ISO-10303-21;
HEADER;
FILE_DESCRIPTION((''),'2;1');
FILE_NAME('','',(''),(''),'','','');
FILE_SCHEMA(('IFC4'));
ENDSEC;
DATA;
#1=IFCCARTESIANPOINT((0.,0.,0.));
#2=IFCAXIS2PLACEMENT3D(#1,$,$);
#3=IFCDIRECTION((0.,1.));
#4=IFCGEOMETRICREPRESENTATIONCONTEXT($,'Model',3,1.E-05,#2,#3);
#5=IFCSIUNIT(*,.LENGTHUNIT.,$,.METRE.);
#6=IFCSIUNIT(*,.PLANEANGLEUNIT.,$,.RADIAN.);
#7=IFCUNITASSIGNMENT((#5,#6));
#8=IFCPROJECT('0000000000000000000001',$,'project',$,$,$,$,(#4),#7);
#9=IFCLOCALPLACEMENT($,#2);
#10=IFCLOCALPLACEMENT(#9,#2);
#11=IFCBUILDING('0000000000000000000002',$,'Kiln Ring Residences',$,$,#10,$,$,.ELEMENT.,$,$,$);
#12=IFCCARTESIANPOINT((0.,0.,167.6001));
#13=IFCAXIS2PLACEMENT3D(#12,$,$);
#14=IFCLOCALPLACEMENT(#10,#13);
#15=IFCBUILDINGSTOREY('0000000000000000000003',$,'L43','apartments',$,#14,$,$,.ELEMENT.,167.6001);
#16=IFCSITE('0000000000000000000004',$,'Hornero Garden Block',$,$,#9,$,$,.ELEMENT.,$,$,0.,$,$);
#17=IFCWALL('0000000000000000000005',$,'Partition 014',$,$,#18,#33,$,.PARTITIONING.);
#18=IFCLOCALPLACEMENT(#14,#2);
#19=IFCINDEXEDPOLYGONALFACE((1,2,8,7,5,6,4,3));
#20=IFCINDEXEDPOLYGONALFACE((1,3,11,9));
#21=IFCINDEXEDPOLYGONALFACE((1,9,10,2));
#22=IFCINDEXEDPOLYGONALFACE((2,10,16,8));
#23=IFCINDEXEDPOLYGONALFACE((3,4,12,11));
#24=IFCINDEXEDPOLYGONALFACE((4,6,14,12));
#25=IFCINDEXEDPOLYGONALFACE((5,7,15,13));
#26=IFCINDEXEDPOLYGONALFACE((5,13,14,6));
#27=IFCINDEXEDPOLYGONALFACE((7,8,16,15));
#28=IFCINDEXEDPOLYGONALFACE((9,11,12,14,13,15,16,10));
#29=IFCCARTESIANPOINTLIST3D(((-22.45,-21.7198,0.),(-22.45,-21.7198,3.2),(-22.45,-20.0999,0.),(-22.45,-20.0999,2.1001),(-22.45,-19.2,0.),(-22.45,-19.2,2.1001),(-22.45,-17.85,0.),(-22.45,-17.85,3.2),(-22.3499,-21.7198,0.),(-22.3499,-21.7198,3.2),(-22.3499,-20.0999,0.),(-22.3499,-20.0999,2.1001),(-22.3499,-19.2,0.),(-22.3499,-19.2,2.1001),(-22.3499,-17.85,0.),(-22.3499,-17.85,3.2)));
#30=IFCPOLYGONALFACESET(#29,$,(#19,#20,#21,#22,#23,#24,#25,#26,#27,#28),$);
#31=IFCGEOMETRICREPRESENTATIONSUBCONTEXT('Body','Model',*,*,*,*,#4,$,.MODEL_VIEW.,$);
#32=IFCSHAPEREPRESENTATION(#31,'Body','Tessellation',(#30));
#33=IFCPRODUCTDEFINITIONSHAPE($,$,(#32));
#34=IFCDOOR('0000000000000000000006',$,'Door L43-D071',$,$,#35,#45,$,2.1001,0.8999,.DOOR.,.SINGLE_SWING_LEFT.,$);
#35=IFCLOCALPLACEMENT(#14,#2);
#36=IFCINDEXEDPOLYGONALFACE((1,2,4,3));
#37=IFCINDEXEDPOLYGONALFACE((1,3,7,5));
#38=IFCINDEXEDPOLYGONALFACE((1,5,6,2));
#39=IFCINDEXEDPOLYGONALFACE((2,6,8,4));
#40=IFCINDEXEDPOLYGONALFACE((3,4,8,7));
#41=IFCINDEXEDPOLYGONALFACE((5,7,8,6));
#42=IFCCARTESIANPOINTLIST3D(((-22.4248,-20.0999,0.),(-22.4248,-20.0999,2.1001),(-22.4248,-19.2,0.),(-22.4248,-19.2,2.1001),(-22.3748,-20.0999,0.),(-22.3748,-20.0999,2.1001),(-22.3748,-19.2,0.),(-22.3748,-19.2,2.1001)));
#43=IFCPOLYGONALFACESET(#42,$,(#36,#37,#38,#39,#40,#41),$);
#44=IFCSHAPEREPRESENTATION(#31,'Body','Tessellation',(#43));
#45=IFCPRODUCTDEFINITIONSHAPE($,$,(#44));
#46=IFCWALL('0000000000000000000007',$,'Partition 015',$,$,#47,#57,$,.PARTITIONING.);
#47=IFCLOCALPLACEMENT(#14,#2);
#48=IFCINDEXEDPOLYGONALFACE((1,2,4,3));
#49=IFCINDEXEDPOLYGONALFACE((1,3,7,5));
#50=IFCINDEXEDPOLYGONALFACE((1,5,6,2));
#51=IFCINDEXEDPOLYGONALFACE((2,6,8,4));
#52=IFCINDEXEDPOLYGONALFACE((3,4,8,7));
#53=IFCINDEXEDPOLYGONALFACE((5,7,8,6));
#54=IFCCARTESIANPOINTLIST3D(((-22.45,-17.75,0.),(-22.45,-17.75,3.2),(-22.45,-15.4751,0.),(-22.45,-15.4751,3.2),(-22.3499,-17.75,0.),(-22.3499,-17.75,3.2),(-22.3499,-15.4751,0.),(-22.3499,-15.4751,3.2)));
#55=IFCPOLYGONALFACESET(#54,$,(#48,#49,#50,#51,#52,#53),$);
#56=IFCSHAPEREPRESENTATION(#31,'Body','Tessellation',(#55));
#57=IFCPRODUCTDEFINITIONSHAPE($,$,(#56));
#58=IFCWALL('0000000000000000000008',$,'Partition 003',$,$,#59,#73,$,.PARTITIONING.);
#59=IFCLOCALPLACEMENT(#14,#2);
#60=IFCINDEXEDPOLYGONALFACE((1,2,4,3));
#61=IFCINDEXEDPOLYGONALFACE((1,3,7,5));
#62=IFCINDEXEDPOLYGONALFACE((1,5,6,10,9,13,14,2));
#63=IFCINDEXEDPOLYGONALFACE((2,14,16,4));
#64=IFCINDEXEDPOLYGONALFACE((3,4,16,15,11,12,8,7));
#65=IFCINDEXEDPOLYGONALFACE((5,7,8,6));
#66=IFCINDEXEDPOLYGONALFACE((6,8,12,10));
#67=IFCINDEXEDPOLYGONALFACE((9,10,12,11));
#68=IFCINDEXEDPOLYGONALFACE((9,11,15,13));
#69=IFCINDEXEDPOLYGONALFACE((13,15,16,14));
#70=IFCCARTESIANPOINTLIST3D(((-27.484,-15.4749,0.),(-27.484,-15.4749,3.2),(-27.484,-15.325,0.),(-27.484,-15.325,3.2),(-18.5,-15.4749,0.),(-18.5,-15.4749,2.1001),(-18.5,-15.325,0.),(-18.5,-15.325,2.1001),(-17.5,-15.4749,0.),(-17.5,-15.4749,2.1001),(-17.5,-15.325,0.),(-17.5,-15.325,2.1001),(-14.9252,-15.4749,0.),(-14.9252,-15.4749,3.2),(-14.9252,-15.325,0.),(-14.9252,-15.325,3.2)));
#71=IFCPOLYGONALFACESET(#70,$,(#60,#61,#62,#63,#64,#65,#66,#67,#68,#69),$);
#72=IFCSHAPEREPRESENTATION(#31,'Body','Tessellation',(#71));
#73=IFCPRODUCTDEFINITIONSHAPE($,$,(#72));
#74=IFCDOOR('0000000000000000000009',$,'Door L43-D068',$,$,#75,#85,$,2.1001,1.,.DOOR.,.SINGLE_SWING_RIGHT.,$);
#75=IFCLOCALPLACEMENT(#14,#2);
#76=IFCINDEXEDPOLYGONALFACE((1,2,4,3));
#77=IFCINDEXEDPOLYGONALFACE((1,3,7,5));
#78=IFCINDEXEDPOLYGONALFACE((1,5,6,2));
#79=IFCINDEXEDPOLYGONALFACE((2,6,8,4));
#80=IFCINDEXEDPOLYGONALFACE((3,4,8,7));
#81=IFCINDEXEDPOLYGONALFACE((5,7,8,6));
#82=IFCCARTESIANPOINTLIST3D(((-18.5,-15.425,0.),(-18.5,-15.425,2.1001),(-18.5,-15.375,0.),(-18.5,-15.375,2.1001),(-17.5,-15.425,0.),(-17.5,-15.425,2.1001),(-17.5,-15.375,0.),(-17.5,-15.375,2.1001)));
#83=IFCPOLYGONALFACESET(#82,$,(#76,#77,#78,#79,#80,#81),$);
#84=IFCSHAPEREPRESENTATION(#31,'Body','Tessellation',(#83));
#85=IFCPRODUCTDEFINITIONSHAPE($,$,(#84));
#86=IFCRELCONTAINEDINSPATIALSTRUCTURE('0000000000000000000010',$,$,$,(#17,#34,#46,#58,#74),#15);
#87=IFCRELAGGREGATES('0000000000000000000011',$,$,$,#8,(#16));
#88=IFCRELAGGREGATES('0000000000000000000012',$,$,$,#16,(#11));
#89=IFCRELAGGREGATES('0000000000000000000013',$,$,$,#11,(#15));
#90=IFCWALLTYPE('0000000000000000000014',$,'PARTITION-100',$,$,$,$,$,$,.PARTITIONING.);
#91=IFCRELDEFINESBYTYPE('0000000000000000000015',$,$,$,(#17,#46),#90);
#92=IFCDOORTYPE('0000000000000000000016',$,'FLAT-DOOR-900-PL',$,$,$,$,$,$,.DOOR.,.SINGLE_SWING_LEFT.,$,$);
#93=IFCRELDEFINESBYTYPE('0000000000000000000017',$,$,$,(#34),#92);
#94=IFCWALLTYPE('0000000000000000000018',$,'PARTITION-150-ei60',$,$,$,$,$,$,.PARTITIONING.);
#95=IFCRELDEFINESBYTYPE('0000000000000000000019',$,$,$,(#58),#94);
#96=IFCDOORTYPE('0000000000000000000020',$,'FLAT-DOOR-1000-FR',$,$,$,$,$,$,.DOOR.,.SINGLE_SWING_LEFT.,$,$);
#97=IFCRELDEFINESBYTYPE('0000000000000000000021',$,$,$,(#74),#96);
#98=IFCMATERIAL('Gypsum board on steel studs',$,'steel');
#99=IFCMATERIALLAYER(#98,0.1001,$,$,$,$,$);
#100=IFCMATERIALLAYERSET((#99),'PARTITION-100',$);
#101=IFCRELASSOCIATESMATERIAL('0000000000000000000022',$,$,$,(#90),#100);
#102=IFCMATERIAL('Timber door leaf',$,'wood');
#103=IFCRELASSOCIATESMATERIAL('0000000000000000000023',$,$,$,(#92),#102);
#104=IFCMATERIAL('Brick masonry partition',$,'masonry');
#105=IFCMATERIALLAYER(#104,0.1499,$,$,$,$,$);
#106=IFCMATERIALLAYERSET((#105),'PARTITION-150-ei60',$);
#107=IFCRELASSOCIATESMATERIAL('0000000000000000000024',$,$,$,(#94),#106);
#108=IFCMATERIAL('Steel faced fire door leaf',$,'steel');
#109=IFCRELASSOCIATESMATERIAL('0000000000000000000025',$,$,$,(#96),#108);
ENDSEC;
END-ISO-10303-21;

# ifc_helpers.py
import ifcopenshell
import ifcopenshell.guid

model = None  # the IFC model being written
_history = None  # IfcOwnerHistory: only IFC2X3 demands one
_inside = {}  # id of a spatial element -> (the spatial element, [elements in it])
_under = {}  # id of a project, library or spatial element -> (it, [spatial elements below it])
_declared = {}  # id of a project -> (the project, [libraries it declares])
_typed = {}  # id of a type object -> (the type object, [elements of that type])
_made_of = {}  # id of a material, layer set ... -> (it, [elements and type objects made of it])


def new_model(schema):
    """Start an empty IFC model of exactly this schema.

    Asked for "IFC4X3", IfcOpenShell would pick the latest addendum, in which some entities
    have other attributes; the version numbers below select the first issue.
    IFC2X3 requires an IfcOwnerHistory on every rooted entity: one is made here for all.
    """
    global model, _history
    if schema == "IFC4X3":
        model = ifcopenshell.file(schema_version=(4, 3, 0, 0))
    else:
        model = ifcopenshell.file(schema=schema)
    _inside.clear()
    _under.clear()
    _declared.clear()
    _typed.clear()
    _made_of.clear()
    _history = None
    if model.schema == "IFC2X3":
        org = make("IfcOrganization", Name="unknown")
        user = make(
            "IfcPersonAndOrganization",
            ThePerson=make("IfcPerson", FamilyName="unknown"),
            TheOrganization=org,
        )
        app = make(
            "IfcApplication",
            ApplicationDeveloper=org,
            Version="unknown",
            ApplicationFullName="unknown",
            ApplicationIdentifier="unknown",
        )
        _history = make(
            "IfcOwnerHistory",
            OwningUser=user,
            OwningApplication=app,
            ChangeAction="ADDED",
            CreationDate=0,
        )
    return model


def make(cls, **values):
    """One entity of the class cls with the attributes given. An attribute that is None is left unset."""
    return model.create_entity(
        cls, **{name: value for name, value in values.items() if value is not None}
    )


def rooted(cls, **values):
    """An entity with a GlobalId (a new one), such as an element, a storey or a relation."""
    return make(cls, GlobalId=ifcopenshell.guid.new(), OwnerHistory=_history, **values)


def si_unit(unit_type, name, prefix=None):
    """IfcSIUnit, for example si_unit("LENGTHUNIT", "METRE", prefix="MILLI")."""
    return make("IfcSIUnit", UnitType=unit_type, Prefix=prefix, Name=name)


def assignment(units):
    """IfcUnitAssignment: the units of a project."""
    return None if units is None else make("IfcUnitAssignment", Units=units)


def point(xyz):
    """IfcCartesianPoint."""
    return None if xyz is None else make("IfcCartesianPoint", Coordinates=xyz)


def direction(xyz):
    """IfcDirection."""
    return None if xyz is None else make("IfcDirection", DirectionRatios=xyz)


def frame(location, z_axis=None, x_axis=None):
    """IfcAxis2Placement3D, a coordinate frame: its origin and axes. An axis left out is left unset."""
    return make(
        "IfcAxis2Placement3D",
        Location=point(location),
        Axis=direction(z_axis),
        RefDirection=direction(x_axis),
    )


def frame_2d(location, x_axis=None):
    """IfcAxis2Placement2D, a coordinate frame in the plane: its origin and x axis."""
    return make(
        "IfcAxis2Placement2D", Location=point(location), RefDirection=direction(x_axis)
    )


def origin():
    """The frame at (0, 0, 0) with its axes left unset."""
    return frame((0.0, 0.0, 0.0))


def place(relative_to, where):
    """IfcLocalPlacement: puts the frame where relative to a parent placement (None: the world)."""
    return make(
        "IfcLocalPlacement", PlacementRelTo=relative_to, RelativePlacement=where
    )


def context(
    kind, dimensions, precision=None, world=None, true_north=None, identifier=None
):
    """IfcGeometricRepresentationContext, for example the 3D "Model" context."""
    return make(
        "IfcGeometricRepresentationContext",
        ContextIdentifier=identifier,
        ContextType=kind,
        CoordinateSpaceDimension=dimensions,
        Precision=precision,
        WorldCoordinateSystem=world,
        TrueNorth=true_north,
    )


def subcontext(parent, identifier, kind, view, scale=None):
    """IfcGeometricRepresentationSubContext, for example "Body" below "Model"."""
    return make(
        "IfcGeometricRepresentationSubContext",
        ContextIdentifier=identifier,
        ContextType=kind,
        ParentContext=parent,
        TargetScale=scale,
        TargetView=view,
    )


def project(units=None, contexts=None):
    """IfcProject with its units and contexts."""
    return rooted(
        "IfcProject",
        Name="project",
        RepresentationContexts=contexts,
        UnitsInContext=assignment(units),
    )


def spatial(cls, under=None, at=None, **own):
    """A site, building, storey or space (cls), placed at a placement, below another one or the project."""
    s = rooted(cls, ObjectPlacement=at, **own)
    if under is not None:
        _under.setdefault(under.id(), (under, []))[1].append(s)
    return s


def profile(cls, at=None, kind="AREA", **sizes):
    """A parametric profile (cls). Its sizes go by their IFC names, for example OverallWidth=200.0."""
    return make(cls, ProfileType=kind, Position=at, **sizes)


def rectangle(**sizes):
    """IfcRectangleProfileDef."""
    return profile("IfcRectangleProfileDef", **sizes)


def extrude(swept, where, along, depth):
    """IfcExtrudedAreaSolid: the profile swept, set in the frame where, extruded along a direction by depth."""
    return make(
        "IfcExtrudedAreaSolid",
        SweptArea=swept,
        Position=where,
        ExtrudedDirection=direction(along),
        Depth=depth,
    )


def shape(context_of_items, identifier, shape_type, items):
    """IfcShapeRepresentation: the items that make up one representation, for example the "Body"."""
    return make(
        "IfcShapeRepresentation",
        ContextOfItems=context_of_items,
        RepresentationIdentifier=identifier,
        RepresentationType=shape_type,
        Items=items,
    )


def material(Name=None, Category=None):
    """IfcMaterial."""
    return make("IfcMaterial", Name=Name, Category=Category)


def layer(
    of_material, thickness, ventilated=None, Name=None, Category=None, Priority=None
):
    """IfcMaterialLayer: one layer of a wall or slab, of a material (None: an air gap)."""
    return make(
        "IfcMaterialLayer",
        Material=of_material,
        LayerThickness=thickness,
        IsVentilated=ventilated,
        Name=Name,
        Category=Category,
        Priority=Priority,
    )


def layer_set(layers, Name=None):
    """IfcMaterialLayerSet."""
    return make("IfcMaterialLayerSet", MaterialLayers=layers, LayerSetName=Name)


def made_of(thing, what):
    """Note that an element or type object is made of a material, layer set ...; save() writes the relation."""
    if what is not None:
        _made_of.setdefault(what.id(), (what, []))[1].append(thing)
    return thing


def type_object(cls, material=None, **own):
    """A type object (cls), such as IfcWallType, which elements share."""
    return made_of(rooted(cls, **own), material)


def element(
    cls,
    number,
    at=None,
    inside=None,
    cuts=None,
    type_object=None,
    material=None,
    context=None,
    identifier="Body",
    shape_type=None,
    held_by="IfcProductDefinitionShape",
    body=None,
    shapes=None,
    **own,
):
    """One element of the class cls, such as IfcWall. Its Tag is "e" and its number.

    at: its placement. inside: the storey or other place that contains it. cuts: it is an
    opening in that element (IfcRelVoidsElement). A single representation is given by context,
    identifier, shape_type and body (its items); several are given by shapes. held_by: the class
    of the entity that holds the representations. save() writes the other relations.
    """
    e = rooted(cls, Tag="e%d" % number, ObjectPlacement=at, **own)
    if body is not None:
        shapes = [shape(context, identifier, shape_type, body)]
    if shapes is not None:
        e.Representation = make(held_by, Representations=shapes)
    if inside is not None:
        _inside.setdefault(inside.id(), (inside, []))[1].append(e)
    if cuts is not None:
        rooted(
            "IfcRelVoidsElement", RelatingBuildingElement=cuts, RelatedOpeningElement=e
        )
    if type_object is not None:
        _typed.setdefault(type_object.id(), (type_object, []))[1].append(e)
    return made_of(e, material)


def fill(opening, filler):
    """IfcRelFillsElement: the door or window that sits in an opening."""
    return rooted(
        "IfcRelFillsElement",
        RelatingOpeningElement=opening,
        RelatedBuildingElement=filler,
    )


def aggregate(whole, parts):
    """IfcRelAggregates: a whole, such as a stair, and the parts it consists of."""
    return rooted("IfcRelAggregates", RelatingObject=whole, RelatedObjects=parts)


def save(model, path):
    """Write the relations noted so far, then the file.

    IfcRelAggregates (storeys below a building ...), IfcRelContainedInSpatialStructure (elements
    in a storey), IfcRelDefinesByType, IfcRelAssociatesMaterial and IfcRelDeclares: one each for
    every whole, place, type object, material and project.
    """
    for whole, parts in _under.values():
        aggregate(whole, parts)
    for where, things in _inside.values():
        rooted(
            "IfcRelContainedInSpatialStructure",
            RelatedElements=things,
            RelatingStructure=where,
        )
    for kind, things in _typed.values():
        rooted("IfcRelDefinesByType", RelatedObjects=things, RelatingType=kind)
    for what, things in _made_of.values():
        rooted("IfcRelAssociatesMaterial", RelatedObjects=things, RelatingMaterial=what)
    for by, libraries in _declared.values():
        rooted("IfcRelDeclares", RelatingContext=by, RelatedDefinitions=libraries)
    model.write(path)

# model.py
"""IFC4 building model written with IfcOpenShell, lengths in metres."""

from ifc_helpers import new_model, si_unit, direction, frame, frame_2d, origin, place, context, subcontext, project, spatial, rectangle, extrude, material, layer, layer_set, type_object, element, fill, save


model = new_model("IFC4")

# Units and contexts
model_context = context("Model", 3, precision=1e-05, world=origin(), true_north=direction((0.0, 1.0)))
body_context = subcontext(model_context, "Body", "Model", "MODEL_VIEW")
ifc_project = project(units=[si_unit("LENGTHUNIT", "METRE"), si_unit("PLANEANGLEUNIT", "RADIAN")], contexts=[model_context])

# Site, building, storey
site_placement = place(None, origin())
site = spatial("IfcSite", under=ifc_project, at=site_placement, Name="Hornero Garden Block", CompositionType="ELEMENT", RefElevation=0.0)
building_placement = place(site_placement, origin())
building = spatial("IfcBuilding", under=site, at=building_placement, Name="Kiln Ring Residences", CompositionType="ELEMENT")
storey_placement = place(building_placement, frame((0.0, 0.0, 167.6001)))
storey = spatial("IfcBuildingStorey", under=building, at=storey_placement, Name="L43", Description="apartments", CompositionType="ELEMENT", Elevation=167.6001)

# Shared definitions
ifc_material_1 = material(Name="Gypsum board on steel studs", Category="steel")
ifc_layer_1 = layer(ifc_material_1, 0.1001)
ifc_layer_set_1 = layer_set([ifc_layer_1], Name="PARTITION-100")
wall_type_1 = type_object("IfcWallType", Name="PARTITION-100", PredefinedType="PARTITIONING", material=ifc_layer_set_1)
ifc_material_2 = material(Name="Timber door leaf", Category="wood")
door_type_1 = type_object("IfcDoorType", Name="FLAT-DOOR-900-PL", OperationType="SINGLE_SWING_LEFT", PredefinedType="DOOR", material=ifc_material_2)

# Wall, opening, door
wall_1_placement = place(storey_placement, frame((-22.3999, -21.72, 0.0), z_axis=(0.0, 0.0, 1.0), x_axis=(0.0, 1.0, 0.0)))
wall_1 = element("IfcWall", 1, at=wall_1_placement, inside=storey, type_object=wall_type_1, Name="Partition 014", PredefinedType="PARTITIONING", context=body_context, shape_type="SweptSolid", body=[
    extrude(rectangle(XDim=3.8699, YDim=0.1001, at=frame_2d((1.9351, 0.0))), origin(), (0.0, 0.0, 1.0), 3.2),
])
opening_1_placement = place(wall_1_placement, frame((1.6201, 0.0, 0.0)))
opening_1 = element("IfcOpeningElement", 2, at=opening_1_placement, cuts=wall_1, PredefinedType="OPENING", context=body_context, shape_type="SweptSolid", body=[
    extrude(rectangle(XDim=0.8999, YDim=2.1001, at=frame_2d((0.45, 1.05))), frame((0.0, 0.0601, 0.0), z_axis=(0.0, -1.0, 0.0), x_axis=(1.0, 0.0, 0.0)), (0.0, 0.0, 1.0), 0.1201),
])
door_1_placement = place(opening_1_placement, origin())
door_1 = element("IfcDoor", 3, at=door_1_placement, inside=storey, type_object=door_type_1, Name="Door L43-D071", OperationType="SINGLE_SWING_LEFT", OverallHeight=2.1001, OverallWidth=0.8999, PredefinedType="DOOR", context=body_context, shape_type="SweptSolid", body=[
    extrude(rectangle(XDim=0.8999, YDim=2.1001, at=frame_2d((0.45, 1.05))), frame((0.0, 0.0249, 0.0), z_axis=(0.0, -1.0, 0.0), x_axis=(1.0, 0.0, 0.0)), (0.0, 0.0, 1.0), 0.05),
])
fill(opening_1, door_1)

# Wall
wall_2_placement = place(storey_placement, frame((-22.3999, -17.75, 0.0), z_axis=(0.0, 0.0, 1.0), x_axis=(0.0, 1.0, 0.0)))
element("IfcWall", 4, at=wall_2_placement, inside=storey, type_object=wall_type_1, Name="Partition 015", PredefinedType="PARTITIONING", context=body_context, shape_type="SweptSolid", body=[
    extrude(rectangle(XDim=2.2749, YDim=0.1001, at=frame_2d((1.1375, 0.0))), origin(), (0.0, 0.0, 1.0), 3.2),
])

# Wall, opening, door
ifc_material_3 = material(Name="Brick masonry partition", Category="masonry")
ifc_layer_2 = layer(ifc_material_3, 0.1499)
ifc_layer_set_2 = layer_set([ifc_layer_2], Name="PARTITION-150-ei60")
wall_type_2 = type_object("IfcWallType", Name="PARTITION-150-ei60", PredefinedType="PARTITIONING", material=ifc_layer_set_2)
wall_3_placement = place(storey_placement, frame((-27.4839, -15.3999, 0.0), z_axis=(0.0, 0.0, 1.0), x_axis=(1.0, 0.0, 0.0)))
wall_3 = element("IfcWall", 5, at=wall_3_placement, inside=storey, type_object=wall_type_2, Name="Partition 003", PredefinedType="PARTITIONING", context=body_context, shape_type="SweptSolid", body=[
    extrude(rectangle(XDim=12.5588, YDim=0.1499, at=frame_2d((6.2793, 0.0))), origin(), (0.0, 0.0, 1.0), 3.2),
])
opening_2_placement = place(wall_3_placement, frame((8.9839, 0.0, 0.0)))
opening_2 = element("IfcOpeningElement", 6, at=opening_2_placement, cuts=wall_3, PredefinedType="OPENING", context=body_context, shape_type="SweptSolid", body=[
    extrude(rectangle(XDim=1.0, YDim=2.1001, at=frame_2d((0.5, 1.05))), frame((0.0, 0.085, 0.0), z_axis=(0.0, -1.0, 0.0), x_axis=(1.0, 0.0, 0.0)), (0.0, 0.0, 1.0), 0.1699),
])
ifc_material_4 = material(Name="Steel faced fire door leaf", Category="steel")
door_type_2 = type_object("IfcDoorType", Name="FLAT-DOOR-1000-FR", OperationType="SINGLE_SWING_LEFT", PredefinedType="DOOR", material=ifc_material_4)
door_2_placement = place(opening_2_placement, origin())
door_2 = element("IfcDoor", 7, at=door_2_placement, inside=storey, type_object=door_type_2, Name="Door L43-D068", OperationType="SINGLE_SWING_RIGHT", OverallHeight=2.1001, OverallWidth=1.0, PredefinedType="DOOR", context=body_context, shape_type="SweptSolid", body=[
    extrude(rectangle(XDim=1.0, YDim=2.1001, at=frame_2d((0.5, 1.05))), frame((0.0, 0.0249, 0.0), z_axis=(0.0, -1.0, 0.0), x_axis=(1.0, 0.0, 0.0)), (0.0, 0.0, 1.0), 0.05),
])
fill(opening_2, door_2)

save(model, "model.ifc")
